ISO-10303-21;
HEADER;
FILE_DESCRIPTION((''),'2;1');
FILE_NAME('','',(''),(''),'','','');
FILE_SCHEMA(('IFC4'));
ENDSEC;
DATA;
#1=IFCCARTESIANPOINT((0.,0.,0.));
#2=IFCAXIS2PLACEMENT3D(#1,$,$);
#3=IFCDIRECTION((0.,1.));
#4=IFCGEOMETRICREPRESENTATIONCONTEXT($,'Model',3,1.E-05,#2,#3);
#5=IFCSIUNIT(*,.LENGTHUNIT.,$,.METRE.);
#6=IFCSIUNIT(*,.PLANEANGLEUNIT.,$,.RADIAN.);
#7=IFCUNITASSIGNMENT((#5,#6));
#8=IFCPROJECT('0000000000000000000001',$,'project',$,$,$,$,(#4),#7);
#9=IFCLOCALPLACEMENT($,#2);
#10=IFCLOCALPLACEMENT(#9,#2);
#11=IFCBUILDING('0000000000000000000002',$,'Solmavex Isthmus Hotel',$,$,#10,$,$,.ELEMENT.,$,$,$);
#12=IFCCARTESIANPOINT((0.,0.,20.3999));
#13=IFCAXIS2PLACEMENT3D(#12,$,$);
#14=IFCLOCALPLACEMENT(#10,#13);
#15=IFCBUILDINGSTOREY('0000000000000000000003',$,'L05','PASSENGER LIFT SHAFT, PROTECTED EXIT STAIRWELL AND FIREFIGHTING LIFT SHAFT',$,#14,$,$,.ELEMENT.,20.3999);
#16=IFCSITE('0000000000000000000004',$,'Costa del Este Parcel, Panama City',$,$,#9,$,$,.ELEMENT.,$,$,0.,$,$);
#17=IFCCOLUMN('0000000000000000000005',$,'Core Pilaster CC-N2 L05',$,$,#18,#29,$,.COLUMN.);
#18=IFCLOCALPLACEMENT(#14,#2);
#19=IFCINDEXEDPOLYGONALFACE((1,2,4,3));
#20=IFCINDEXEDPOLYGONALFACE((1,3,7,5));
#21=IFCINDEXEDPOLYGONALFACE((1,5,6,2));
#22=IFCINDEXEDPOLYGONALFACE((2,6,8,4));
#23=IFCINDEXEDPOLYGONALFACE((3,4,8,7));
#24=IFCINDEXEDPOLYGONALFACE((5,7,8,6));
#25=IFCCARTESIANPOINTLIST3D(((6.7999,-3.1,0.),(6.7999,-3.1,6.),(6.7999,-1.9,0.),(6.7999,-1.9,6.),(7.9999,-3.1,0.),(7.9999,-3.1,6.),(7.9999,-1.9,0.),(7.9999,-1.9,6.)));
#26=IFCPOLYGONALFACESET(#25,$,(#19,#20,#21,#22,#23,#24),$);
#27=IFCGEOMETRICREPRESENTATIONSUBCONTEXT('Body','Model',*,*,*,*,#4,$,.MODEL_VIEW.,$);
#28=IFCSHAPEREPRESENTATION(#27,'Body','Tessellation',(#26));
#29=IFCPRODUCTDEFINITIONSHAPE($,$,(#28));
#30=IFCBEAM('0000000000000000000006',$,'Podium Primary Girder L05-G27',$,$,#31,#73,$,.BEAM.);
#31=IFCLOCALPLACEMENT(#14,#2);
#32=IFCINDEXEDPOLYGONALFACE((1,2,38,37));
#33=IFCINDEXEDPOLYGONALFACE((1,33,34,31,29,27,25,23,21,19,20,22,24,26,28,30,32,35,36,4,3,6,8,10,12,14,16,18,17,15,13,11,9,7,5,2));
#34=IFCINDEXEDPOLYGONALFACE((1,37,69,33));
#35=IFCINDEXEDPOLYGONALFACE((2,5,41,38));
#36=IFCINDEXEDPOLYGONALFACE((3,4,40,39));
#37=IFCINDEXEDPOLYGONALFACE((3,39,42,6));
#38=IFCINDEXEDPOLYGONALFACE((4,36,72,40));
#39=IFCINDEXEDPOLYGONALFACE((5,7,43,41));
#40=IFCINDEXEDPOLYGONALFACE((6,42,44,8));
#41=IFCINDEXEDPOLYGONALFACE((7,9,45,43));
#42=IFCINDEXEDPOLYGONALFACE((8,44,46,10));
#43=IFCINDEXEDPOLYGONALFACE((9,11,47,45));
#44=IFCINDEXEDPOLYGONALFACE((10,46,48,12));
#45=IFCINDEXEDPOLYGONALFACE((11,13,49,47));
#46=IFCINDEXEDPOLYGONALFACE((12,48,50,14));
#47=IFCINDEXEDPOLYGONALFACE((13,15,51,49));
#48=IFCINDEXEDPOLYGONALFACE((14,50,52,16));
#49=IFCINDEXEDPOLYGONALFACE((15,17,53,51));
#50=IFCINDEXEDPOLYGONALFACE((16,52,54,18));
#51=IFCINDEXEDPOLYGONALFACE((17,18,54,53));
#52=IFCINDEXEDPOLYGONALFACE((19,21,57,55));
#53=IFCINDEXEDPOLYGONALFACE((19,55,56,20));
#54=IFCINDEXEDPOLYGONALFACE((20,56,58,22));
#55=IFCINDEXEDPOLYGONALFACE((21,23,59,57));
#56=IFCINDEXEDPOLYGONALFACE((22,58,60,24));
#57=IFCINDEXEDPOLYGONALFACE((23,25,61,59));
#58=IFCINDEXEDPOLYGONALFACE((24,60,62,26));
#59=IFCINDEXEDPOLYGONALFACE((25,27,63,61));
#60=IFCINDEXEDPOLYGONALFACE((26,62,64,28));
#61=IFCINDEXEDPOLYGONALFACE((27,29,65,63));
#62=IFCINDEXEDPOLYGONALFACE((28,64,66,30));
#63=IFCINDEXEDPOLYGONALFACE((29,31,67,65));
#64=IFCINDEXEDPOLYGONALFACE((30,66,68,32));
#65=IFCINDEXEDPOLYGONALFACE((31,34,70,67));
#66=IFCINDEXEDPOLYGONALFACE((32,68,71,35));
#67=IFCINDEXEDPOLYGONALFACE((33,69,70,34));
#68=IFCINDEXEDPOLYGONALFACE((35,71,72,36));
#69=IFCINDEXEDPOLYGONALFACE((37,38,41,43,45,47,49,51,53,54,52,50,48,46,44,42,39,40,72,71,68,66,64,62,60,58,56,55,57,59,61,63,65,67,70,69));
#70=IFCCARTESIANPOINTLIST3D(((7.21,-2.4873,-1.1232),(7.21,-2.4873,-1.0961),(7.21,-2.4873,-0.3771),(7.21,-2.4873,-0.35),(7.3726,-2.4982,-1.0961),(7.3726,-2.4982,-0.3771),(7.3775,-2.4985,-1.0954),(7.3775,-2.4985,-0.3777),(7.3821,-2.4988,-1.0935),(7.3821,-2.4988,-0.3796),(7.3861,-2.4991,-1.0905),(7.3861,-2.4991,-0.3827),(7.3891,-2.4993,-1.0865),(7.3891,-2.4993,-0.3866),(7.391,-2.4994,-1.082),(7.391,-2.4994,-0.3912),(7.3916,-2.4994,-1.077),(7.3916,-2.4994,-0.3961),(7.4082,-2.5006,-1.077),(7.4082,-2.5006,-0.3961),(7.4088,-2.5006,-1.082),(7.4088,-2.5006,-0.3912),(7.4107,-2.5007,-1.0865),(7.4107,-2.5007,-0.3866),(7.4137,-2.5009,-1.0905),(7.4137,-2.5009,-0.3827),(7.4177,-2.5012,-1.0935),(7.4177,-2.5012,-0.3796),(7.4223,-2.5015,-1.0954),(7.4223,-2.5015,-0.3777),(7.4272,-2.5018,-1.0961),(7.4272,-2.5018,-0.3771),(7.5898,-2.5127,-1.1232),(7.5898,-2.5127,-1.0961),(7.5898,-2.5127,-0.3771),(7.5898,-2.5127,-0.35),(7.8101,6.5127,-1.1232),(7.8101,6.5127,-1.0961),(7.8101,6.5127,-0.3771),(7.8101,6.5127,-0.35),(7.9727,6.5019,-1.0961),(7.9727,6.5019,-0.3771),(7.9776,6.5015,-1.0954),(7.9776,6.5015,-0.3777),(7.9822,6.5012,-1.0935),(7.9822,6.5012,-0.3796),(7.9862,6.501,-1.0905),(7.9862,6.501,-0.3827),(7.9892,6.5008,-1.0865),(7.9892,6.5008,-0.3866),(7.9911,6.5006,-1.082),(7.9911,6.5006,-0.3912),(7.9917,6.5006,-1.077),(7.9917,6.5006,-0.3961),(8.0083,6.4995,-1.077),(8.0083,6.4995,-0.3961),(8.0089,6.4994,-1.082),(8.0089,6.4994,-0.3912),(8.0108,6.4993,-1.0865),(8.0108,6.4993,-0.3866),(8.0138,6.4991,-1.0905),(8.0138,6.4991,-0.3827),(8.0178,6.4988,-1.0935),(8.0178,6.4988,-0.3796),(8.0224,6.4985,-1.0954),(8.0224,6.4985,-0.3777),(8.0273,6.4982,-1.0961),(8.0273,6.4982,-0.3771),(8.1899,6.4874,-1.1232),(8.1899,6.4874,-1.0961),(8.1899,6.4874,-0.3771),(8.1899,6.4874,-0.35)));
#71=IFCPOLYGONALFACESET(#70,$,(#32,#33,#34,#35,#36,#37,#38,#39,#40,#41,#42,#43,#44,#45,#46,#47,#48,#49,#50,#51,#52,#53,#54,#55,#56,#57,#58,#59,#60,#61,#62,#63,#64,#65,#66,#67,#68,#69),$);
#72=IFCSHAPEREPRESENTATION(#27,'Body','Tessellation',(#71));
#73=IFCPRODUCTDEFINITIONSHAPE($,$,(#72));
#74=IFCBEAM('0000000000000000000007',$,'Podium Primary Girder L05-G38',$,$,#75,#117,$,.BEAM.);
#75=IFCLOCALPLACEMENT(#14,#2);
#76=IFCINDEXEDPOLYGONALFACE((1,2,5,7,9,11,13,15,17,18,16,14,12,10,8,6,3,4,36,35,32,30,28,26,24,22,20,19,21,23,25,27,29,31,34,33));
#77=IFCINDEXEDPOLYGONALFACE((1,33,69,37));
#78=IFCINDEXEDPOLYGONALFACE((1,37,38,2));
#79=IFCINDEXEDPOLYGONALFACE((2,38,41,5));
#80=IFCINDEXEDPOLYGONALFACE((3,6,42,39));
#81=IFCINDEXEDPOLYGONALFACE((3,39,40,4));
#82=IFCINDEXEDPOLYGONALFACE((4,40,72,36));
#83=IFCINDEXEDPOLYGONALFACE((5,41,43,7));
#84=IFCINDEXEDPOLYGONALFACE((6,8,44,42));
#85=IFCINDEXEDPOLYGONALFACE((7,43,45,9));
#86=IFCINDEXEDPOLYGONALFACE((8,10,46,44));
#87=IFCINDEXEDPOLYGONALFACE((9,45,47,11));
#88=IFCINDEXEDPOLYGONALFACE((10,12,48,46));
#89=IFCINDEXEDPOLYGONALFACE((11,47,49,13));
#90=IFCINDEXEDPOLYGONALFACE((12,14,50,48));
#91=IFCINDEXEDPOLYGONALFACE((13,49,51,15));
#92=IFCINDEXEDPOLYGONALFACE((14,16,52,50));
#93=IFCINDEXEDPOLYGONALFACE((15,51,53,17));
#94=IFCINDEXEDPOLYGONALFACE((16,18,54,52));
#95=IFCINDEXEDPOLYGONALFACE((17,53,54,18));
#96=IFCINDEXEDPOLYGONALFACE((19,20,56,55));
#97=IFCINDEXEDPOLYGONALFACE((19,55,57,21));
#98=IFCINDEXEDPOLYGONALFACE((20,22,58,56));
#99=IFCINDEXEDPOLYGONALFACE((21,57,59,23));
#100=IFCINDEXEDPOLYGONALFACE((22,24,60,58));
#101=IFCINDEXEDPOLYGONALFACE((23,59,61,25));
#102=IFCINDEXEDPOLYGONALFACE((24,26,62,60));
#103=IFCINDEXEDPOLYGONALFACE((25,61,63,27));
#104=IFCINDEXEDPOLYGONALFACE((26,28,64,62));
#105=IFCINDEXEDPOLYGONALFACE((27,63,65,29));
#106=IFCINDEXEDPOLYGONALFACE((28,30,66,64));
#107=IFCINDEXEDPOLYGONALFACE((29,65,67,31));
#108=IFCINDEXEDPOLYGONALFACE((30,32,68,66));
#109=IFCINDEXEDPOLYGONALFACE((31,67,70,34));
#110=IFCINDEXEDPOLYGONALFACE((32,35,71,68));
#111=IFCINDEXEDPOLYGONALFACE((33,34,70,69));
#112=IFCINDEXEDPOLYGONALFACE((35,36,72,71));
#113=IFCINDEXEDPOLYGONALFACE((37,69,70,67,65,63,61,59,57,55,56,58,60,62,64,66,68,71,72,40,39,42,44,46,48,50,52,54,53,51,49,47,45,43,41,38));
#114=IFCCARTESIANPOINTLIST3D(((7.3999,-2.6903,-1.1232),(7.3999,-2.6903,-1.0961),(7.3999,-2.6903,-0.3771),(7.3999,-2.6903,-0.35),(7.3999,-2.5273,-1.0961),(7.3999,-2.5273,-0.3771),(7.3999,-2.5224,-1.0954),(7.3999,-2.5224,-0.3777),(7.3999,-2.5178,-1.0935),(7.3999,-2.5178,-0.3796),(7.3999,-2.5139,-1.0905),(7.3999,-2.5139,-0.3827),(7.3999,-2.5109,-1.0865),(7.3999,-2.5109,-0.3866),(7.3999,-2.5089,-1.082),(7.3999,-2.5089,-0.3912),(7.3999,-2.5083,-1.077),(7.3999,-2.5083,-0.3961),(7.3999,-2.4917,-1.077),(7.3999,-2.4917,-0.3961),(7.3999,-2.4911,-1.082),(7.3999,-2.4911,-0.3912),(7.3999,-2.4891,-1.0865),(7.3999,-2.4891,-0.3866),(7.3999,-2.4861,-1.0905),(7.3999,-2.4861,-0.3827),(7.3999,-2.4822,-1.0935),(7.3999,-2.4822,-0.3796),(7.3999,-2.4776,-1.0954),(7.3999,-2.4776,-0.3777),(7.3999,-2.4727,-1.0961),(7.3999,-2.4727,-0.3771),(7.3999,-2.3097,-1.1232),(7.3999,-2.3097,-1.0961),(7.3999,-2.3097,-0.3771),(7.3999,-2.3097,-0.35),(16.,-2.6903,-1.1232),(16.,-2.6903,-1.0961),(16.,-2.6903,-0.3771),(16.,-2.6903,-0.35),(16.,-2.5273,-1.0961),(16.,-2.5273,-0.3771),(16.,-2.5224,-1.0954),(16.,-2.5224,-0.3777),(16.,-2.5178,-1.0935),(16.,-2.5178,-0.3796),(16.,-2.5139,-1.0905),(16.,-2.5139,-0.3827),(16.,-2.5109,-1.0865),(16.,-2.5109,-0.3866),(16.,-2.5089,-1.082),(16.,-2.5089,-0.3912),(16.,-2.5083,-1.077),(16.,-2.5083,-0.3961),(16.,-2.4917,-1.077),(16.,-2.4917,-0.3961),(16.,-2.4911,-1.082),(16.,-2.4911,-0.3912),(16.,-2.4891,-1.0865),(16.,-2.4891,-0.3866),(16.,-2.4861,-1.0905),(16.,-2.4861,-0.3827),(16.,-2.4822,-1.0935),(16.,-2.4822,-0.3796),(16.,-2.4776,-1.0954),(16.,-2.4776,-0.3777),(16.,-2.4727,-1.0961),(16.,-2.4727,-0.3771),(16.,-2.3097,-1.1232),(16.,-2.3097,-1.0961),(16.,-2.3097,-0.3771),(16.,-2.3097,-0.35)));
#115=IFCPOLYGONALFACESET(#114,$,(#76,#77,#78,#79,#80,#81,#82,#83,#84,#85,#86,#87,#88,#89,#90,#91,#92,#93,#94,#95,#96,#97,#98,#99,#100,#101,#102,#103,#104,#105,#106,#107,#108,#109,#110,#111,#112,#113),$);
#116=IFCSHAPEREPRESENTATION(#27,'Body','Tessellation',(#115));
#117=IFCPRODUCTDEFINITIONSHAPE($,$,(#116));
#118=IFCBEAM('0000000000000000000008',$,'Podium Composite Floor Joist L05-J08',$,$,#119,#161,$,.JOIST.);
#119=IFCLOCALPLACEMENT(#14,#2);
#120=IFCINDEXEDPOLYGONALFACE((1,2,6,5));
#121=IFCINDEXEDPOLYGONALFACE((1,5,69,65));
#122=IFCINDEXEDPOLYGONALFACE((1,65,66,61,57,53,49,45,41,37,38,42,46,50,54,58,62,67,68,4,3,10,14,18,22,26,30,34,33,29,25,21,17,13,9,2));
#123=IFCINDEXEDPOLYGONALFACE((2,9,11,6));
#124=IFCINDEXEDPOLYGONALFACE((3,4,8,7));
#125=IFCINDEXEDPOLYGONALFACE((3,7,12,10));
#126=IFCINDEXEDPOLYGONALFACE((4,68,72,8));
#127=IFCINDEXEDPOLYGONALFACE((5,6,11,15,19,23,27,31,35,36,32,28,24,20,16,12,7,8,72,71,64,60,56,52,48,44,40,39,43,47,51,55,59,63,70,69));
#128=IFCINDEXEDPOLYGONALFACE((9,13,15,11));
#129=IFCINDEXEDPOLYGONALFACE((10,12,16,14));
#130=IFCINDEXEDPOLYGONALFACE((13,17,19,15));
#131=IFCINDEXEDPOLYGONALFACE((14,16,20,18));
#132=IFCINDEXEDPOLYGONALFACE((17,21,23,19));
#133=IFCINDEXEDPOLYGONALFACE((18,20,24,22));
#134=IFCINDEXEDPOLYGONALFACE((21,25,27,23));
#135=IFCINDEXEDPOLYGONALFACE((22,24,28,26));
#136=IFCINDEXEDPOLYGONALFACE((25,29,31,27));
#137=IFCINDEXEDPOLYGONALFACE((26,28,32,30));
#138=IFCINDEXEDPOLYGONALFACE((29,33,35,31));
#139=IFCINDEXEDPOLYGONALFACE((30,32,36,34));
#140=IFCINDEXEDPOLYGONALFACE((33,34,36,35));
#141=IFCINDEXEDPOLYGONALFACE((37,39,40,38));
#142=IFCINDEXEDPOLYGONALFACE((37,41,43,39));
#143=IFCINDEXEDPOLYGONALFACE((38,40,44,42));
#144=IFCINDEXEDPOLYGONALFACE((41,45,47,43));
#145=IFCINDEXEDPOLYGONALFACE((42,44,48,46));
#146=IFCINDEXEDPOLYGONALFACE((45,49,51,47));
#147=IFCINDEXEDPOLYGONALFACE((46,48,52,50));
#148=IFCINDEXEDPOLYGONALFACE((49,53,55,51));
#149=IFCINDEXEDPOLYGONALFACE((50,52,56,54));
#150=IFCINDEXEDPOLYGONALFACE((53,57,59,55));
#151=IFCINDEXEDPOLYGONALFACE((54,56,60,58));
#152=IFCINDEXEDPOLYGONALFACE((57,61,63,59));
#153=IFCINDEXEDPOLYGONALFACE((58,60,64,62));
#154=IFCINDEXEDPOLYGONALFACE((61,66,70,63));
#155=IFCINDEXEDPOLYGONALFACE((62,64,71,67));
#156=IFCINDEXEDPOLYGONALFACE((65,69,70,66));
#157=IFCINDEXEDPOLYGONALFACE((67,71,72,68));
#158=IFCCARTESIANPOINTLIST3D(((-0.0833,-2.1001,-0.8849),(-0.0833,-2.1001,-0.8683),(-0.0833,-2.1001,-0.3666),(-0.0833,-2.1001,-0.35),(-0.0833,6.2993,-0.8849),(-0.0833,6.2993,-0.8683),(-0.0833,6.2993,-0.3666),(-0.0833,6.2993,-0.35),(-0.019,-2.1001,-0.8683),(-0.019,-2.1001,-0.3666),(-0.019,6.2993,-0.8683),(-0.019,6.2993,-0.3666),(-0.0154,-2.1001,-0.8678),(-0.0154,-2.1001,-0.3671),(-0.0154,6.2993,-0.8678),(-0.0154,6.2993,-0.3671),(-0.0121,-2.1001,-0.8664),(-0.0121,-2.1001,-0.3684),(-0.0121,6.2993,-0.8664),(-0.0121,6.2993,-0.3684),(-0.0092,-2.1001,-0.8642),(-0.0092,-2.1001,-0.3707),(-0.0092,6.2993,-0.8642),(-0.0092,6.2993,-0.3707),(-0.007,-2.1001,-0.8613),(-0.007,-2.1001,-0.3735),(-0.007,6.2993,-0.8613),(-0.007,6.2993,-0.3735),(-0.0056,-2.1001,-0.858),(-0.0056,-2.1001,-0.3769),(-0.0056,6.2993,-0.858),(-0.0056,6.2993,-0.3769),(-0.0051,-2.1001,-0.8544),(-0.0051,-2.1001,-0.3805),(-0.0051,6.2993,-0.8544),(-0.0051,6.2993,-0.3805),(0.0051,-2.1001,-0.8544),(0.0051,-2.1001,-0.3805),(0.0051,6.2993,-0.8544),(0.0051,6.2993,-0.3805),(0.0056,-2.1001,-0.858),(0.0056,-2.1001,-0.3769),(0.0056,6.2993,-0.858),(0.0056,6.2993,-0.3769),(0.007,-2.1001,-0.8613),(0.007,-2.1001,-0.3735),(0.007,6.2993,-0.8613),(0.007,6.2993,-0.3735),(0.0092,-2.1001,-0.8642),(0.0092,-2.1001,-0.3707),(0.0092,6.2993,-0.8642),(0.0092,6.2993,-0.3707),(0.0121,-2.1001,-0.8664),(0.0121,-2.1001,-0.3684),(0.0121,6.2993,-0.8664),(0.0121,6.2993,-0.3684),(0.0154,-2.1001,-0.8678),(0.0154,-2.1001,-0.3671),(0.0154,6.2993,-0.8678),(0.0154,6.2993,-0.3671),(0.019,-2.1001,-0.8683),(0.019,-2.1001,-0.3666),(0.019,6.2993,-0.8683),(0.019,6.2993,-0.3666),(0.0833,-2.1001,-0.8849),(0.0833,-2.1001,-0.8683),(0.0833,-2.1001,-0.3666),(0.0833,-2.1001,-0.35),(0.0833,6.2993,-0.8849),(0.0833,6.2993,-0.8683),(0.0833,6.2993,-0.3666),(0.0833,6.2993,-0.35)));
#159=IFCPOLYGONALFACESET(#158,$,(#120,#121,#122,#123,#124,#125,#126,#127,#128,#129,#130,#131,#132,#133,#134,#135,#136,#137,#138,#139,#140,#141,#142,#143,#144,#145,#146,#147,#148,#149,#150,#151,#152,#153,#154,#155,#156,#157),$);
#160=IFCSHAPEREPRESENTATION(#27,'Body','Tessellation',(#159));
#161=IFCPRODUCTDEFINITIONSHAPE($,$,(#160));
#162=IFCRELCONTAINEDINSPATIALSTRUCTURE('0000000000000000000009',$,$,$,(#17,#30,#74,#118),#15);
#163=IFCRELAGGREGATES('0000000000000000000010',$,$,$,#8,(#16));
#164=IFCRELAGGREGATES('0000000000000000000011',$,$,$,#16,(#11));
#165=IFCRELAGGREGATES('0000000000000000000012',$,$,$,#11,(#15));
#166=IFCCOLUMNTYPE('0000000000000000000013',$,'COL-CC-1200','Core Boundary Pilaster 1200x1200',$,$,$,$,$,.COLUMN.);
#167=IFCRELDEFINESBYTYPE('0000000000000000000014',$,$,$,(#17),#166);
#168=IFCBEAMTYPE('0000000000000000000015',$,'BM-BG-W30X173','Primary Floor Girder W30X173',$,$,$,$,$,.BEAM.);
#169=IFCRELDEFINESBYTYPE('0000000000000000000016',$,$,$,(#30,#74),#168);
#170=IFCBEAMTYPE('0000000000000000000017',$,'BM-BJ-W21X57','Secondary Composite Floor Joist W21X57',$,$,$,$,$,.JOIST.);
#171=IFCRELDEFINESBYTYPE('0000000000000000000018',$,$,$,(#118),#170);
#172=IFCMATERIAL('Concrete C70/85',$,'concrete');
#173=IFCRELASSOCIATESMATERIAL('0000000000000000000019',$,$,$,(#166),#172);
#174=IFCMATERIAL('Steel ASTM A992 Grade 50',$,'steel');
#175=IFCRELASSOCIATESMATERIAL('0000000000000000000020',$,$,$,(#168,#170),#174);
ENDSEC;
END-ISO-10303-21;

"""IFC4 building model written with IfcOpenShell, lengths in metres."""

from ifc_helpers import new_model, si_unit, direction, frame, origin, origin_2d, place, context, subcontext, project, spatial, rectangle, i_section, extrude, material, material_profile, profile_set, type_object, element, save


model = new_model("IFC4")

# Units and contexts
model_context = context("Model", 3, precision=1e-05, world=origin(), true_north=direction((0.0, 1.0)))
body_context = subcontext(model_context, "Body", "Model", "MODEL_VIEW")
ifc_project = project(units=[si_unit("LENGTHUNIT", "METRE"), si_unit("PLANEANGLEUNIT", "RADIAN")], contexts=[model_context])

# Site, building, storey
site_placement = place(None, origin())
site = spatial("IfcSite", under=ifc_project, at=site_placement, Name="Costa del Este Parcel, Panama City", CompositionType="ELEMENT", RefElevation=0.0)
building_placement = place(site_placement, origin())
building = spatial("IfcBuilding", under=site, at=building_placement, Name="Solmavex Isthmus Hotel", CompositionType="ELEMENT")
storey_placement = place(building_placement, frame((0.0, 0.0, 20.3999)))
storey = spatial("IfcBuildingStorey", under=building, at=storey_placement, Name="L05", Description="PASSENGER LIFT SHAFT, PROTECTED EXIT STAIRWELL AND FIREFIGHTING LIFT SHAFT", CompositionType="ELEMENT", Elevation=20.3999)

# Column
ifc_material_1 = material(Name="Concrete C70/85", Category="concrete")
ifc_material_profile_1 = material_profile(ifc_material_1, rectangle(XDim=1.2, YDim=1.2, at=origin_2d()), Name="RC1200X1200")
ifc_profile_set_1 = profile_set([ifc_material_profile_1], Name="Concrete C70/85")
column_type = type_object("IfcColumnType", Name="COL-CC-1200", Description="Core Boundary Pilaster 1200x1200", PredefinedType="COLUMN", material=ifc_profile_set_1)
column_placement = place(storey_placement, frame((7.3999, -2.5, 0.0), z_axis=(0.0, 0.0, 1.0), x_axis=(1.0, 0.0, 0.0)))
element("IfcColumn", 1, at=column_placement, inside=storey, type_object=column_type, Name="Core Pilaster CC-N2 L05", PredefinedType="COLUMN", context=body_context, shape_type="SweptSolid", body=[
    extrude(rectangle(XDim=1.2, YDim=1.2, at=origin_2d()), origin(), (0.0, 0.0, 1.0), 6.0),
])

# Beams
ifc_material_2 = material(Name="Steel ASTM A992 Grade 50", Category="steel")
ifc_material_profile_2 = material_profile(ifc_material_2, i_section(OverallWidth=0.3806, OverallDepth=0.7732, WebThickness=0.0166, FlangeThickness=0.0271, FilletRadius=0.019, at=origin_2d()), Name="W30X173")
ifc_profile_set_2 = profile_set([ifc_material_profile_2], Name="Steel ASTM A992 Grade 50")
beam_type_1 = type_object("IfcBeamType", Name="BM-BG-W30X173", Description="Primary Floor Girder W30X173", PredefinedType="BEAM", material=ifc_profile_set_2)
beam_1_placement = place(storey_placement, frame((7.3999, -2.5, -0.7366), z_axis=(0.06653, 0.997784, 0.0), x_axis=(-0.997784, 0.06653, 0.0)))
element("IfcBeam", 2, at=beam_1_placement, inside=storey, type_object=beam_type_1, Name="Podium Primary Girder L05-G27", PredefinedType="BEAM", context=body_context, shape_type="SweptSolid", body=[
    extrude(i_section(OverallWidth=0.3806, OverallDepth=0.7732, WebThickness=0.0166, FlangeThickness=0.0271, FilletRadius=0.019, at=origin_2d()), origin(), (0.0, 0.0, 1.0), 9.02),
])
beam_2_placement = place(storey_placement, frame((7.3999, -2.5, -0.7366), z_axis=(1.0, 0.0, 0.0), x_axis=(0.0, 1.0, 0.0)))
element("IfcBeam", 3, at=beam_2_placement, inside=storey, type_object=beam_type_1, Name="Podium Primary Girder L05-G38", PredefinedType="BEAM", context=body_context, shape_type="SweptSolid", body=[
    extrude(i_section(OverallWidth=0.3806, OverallDepth=0.7732, WebThickness=0.0166, FlangeThickness=0.0271, FilletRadius=0.019, at=origin_2d()), origin(), (0.0, 0.0, 1.0), 8.6001),
])
ifc_material_profile_3 = material_profile(ifc_material_2, i_section(OverallWidth=0.1665, OverallDepth=0.5349, WebThickness=0.0103, FlangeThickness=0.0166, FilletRadius=0.0139, at=origin_2d()), Name="W21X57")
ifc_profile_set_3 = profile_set([ifc_material_profile_3], Name="Steel ASTM A992 Grade 50")
beam_type_2 = type_object("IfcBeamType", Name="BM-BJ-W21X57", Description="Secondary Composite Floor Joist W21X57", PredefinedType="JOIST", material=ifc_profile_set_3)
for number, where, z_axis, x_axis, name in (
    (4, (0.0, -2.1001, -0.6174), (0.0, 1.0, 0.0), (-1.0, 0.0, 0.0), "Podium Composite Floor Joist L05-J08"),
):
    element("IfcBeam", number, at=place(storey_placement, frame(where, z_axis=z_axis, x_axis=x_axis)), inside=storey, type_object=beam_type_2, Name=name, PredefinedType="JOIST", context=body_context, shape_type="SweptSolid", body=[
        extrude(i_section(OverallWidth=0.1665, OverallDepth=0.5349, WebThickness=0.0103, FlangeThickness=0.0166, FilletRadius=0.0139, at=origin_2d()), origin(), (0.0, 0.0, 1.0), 8.3994),
    ])

save(model, "model.ifc")
